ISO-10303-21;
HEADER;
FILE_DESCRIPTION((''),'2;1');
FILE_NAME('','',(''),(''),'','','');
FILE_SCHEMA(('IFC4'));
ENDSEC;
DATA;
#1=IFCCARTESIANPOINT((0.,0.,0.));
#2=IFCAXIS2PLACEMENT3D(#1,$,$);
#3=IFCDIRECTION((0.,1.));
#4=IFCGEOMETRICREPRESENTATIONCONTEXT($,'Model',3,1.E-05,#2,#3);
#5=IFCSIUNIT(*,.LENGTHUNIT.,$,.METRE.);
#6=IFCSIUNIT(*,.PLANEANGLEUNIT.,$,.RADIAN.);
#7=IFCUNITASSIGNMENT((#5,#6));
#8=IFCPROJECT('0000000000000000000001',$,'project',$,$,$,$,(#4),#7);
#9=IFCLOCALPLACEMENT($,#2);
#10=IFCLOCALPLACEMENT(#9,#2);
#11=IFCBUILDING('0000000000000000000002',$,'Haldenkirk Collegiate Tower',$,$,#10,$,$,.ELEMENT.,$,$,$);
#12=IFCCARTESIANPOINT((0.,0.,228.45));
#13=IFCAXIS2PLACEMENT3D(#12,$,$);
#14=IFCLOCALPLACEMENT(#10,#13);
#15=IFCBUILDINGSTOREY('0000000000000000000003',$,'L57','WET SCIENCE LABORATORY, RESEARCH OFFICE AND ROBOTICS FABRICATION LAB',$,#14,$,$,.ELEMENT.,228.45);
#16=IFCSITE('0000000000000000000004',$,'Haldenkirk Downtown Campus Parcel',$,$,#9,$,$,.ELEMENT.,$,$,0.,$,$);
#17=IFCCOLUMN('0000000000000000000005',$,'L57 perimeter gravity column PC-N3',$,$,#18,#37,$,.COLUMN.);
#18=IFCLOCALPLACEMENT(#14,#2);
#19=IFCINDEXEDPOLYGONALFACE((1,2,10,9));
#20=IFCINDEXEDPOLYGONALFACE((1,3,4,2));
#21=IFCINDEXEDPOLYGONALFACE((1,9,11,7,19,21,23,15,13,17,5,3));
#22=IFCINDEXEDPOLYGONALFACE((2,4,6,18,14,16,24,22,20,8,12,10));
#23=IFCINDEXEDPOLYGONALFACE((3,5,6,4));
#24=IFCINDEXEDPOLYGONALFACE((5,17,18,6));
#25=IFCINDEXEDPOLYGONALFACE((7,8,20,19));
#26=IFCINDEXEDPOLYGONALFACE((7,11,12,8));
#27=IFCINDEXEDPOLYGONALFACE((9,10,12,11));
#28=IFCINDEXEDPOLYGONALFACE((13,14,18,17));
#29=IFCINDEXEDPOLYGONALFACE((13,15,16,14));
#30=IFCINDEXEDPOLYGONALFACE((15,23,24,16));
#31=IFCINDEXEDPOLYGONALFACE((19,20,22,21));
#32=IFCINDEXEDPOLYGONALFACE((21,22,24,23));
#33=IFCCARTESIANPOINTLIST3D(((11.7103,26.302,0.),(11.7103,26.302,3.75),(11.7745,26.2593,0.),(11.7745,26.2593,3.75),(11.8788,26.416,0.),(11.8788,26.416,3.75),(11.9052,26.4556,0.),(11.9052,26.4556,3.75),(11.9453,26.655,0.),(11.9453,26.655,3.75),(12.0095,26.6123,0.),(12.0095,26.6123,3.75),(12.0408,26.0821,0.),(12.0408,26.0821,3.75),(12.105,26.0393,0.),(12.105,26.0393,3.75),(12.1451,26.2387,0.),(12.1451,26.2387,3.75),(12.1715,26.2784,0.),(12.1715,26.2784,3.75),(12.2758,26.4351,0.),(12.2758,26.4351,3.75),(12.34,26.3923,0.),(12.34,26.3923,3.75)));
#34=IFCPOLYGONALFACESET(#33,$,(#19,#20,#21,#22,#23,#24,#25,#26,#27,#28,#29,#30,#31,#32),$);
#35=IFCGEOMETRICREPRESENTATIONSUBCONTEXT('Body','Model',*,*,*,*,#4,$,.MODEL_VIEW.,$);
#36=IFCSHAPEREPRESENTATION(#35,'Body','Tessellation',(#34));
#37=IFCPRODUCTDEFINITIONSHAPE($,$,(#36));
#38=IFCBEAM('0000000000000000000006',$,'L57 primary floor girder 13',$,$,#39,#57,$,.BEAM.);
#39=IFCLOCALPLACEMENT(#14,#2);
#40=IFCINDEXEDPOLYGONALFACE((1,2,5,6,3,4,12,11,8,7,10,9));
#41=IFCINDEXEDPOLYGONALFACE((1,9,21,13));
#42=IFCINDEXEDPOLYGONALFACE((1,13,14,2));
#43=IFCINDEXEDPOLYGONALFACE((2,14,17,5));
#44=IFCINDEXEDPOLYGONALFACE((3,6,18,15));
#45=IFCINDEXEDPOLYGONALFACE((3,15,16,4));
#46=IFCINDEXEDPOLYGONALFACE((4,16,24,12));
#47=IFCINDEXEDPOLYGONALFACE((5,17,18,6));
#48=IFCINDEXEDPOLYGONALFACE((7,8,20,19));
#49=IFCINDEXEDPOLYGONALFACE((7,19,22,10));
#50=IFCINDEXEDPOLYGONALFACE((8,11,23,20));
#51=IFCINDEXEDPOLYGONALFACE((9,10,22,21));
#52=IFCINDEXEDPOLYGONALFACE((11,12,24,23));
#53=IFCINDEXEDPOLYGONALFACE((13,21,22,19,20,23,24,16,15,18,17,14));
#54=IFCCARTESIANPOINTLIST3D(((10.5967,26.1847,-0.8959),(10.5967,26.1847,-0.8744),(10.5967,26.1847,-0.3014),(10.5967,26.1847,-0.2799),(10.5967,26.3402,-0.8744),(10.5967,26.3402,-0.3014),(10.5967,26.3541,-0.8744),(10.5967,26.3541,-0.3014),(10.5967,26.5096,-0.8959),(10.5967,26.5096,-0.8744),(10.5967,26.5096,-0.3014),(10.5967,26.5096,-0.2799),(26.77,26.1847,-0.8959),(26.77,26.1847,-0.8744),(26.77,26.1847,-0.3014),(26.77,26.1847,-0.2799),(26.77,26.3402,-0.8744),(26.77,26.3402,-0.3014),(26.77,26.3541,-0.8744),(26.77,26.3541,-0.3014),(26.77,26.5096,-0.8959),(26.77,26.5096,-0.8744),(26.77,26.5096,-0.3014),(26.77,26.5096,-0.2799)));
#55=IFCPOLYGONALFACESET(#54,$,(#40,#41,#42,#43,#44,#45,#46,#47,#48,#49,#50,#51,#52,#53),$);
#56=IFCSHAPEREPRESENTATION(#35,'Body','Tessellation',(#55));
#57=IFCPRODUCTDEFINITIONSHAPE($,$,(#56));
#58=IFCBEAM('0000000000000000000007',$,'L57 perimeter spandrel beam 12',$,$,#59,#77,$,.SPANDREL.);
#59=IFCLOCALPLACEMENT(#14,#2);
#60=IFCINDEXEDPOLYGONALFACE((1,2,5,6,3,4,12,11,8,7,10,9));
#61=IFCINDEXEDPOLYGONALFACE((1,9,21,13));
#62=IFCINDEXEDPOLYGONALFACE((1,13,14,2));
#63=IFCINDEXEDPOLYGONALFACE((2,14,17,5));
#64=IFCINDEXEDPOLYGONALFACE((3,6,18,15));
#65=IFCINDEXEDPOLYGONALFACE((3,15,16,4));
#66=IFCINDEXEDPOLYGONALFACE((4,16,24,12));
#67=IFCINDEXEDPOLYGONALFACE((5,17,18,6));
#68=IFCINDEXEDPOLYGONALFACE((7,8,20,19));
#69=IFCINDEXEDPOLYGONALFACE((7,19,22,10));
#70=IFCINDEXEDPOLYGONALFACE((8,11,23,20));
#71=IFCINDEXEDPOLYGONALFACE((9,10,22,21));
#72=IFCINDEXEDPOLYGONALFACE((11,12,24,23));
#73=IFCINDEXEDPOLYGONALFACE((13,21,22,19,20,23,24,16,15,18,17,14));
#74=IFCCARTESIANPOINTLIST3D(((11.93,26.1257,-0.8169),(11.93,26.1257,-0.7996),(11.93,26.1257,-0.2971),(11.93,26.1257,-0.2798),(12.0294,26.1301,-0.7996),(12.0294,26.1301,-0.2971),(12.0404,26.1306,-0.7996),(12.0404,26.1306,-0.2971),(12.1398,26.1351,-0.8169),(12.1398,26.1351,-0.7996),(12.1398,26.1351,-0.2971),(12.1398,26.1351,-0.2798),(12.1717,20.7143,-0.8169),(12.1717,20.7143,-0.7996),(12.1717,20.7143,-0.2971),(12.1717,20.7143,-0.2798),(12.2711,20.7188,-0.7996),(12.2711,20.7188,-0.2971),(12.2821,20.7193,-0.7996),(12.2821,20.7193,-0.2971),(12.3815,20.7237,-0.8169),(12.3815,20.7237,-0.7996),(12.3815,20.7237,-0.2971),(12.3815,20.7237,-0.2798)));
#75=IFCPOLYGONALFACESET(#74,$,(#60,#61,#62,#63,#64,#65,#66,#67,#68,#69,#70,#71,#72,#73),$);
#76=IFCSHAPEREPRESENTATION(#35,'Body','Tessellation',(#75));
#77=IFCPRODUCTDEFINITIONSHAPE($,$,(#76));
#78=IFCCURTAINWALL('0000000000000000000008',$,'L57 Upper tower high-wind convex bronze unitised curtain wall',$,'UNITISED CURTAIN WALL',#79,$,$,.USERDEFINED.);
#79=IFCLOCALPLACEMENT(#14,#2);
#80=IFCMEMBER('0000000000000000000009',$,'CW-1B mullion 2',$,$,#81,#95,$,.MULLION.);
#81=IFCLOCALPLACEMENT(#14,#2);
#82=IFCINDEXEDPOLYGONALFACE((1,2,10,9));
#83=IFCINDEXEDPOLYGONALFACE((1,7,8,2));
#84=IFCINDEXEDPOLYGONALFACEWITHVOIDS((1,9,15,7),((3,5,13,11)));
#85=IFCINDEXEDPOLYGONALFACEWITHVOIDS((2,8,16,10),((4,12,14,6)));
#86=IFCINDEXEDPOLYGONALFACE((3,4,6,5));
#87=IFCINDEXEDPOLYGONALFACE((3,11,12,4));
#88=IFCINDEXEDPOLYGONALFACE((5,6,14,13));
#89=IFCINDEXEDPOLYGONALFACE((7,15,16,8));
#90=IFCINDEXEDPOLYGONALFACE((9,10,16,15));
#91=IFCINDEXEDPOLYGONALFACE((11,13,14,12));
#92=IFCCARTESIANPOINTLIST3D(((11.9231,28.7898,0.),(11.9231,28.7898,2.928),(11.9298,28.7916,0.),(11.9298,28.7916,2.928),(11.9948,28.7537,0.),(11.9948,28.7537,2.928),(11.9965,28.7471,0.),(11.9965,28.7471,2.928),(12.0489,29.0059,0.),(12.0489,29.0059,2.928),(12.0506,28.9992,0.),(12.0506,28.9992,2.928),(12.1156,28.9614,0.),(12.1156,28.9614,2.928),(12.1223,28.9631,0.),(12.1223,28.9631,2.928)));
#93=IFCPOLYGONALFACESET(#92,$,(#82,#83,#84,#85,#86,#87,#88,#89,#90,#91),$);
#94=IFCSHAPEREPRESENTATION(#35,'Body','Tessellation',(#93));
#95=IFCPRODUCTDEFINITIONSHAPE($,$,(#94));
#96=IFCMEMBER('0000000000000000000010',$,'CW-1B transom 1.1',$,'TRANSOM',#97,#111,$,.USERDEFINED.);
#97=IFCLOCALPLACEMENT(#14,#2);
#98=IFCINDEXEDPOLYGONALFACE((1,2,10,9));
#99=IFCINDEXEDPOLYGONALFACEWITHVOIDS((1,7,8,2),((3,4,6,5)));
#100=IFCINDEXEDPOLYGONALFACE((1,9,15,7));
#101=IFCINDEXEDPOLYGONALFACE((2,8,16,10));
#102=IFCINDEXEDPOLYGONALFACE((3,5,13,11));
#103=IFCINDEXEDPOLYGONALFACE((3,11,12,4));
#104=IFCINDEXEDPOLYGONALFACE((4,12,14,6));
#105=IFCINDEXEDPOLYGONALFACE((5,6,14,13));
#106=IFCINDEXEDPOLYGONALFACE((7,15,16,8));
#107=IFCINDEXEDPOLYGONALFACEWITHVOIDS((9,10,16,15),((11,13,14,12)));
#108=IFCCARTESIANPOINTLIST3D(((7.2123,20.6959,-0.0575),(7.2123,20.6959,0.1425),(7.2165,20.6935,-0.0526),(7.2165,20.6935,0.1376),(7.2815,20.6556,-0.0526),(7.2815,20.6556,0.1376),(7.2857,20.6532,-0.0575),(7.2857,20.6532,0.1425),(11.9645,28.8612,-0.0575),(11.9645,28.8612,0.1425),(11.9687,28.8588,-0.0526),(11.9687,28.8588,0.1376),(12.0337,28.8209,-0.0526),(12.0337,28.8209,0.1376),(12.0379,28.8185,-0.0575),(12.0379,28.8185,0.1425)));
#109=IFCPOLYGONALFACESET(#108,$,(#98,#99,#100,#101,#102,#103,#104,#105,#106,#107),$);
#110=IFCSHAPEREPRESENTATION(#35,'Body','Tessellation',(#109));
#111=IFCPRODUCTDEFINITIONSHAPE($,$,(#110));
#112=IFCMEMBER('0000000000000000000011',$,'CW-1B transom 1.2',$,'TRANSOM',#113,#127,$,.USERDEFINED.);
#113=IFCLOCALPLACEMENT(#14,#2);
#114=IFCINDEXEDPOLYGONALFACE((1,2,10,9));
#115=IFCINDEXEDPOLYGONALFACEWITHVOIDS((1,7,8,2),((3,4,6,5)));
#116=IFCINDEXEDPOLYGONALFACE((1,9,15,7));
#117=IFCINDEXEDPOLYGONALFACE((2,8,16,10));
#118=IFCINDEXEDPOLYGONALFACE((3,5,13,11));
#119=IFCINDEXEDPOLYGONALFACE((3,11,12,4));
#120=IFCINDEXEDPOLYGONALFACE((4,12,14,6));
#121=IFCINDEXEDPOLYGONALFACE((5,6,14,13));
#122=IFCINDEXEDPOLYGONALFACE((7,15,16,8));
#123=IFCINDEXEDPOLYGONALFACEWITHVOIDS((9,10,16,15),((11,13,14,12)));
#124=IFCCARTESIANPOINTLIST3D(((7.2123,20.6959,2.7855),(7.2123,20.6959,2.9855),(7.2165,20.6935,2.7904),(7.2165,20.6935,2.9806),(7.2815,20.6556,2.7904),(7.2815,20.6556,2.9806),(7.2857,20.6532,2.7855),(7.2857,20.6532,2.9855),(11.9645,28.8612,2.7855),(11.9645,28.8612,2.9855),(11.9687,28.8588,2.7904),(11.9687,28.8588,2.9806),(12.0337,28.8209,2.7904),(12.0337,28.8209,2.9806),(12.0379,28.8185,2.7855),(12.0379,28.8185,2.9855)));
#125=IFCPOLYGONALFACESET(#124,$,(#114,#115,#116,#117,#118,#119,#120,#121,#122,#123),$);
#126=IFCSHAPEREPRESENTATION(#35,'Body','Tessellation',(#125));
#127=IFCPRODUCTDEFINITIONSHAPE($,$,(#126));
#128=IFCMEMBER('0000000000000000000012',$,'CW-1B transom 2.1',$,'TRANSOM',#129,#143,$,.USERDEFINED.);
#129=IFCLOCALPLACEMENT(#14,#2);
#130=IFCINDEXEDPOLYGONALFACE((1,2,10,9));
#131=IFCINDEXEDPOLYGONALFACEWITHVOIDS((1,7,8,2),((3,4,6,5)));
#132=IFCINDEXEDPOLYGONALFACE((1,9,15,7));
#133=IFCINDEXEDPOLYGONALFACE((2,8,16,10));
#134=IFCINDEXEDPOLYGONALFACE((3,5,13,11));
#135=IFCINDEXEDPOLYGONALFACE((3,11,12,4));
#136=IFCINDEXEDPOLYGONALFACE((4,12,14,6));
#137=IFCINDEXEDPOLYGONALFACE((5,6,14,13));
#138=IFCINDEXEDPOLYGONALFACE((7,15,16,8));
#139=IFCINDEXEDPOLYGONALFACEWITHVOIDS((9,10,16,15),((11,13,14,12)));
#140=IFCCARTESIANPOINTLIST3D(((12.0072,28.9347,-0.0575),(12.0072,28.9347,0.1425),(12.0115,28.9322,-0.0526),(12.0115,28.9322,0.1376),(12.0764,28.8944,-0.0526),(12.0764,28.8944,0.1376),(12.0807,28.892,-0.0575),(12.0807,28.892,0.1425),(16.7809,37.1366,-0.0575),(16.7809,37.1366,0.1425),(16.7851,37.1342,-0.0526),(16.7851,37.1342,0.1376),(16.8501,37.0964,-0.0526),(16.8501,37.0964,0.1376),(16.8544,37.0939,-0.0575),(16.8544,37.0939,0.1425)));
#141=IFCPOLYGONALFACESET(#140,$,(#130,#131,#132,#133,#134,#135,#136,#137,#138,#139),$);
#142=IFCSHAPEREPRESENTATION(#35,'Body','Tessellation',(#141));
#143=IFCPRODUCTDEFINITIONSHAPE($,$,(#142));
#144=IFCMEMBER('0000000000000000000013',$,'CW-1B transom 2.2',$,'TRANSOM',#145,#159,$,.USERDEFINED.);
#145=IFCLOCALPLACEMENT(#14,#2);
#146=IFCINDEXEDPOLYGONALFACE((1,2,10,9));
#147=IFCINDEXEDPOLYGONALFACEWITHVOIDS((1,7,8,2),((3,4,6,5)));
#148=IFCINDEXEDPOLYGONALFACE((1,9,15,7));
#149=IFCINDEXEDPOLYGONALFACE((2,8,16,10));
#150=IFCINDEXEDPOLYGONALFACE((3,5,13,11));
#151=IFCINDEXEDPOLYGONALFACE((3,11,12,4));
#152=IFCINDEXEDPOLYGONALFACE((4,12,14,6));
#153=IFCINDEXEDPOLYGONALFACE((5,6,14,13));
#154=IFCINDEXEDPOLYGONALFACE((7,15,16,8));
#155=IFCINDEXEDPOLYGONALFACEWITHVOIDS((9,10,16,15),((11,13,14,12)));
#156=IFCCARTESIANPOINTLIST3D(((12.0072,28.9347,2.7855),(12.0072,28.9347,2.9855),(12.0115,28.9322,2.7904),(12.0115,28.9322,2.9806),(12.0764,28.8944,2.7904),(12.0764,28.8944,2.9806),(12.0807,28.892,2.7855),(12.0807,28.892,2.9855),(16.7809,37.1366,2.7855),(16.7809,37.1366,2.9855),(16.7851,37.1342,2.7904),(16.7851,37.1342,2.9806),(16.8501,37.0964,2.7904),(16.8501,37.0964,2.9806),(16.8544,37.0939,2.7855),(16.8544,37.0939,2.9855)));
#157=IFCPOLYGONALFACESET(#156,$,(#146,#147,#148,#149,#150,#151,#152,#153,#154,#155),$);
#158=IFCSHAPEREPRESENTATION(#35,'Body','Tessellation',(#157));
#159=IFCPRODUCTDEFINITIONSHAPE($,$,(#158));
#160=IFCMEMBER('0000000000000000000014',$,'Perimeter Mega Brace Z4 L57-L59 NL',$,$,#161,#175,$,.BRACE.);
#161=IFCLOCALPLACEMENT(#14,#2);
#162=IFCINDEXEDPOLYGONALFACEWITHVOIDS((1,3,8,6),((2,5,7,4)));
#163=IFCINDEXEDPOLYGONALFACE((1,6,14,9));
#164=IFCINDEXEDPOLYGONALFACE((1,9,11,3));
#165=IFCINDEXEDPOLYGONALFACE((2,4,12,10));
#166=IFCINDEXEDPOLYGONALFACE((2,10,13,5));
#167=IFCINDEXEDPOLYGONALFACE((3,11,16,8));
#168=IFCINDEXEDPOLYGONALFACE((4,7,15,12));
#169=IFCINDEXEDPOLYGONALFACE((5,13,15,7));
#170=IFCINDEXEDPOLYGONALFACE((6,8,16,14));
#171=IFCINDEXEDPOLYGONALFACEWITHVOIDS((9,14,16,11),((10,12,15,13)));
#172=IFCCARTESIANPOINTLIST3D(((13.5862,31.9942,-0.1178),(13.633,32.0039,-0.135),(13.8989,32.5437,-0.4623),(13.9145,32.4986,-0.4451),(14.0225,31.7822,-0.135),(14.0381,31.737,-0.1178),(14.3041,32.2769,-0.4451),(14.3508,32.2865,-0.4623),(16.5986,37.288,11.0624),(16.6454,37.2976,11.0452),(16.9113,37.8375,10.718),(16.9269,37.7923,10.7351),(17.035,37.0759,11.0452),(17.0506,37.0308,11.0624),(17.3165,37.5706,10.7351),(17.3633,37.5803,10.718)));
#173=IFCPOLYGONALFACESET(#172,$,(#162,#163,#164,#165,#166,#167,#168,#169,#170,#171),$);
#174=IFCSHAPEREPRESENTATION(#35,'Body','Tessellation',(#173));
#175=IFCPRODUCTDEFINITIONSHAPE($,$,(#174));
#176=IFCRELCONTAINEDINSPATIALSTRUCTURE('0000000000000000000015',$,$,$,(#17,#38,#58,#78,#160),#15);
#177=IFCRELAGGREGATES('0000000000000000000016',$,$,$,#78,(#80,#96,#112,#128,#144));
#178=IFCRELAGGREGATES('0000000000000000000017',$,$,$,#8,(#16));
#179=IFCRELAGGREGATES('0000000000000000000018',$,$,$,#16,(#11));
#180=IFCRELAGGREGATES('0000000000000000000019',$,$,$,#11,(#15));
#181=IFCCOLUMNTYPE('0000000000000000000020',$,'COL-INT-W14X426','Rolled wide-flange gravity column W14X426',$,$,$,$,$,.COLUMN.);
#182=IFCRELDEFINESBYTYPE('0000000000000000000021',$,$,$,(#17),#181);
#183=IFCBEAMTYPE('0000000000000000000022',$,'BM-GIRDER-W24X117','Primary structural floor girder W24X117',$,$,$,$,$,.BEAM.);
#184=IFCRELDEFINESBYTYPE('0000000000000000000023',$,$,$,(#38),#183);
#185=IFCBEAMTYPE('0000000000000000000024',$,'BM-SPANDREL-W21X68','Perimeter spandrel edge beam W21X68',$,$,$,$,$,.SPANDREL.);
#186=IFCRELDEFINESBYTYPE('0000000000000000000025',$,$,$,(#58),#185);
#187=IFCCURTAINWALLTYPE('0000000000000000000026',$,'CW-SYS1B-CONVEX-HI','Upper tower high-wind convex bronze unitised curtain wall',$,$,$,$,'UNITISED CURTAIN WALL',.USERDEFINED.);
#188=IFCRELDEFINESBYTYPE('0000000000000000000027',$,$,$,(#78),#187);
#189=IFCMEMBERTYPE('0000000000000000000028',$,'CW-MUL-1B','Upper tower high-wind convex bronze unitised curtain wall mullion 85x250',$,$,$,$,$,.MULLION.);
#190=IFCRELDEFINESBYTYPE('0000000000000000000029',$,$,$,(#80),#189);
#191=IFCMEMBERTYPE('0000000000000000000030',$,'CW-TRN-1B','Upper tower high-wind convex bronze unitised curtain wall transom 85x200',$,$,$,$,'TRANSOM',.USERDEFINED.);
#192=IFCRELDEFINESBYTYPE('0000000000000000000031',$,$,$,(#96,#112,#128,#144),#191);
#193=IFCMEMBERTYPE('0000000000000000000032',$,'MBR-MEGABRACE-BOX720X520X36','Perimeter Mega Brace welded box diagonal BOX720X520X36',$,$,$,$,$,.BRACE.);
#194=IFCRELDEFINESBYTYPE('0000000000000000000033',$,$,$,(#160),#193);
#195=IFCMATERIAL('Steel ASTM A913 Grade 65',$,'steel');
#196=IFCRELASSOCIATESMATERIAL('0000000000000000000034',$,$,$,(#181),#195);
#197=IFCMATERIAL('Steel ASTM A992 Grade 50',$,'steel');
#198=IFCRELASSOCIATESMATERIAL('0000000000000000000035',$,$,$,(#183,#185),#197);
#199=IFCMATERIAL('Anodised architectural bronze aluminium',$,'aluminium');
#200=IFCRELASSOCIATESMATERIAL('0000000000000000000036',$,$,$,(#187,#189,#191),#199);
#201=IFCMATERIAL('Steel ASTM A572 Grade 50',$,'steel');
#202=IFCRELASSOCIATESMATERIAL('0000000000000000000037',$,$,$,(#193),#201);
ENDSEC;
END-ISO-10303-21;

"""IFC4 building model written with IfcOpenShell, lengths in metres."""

from ifc_helpers import new_model, si_unit, direction, frame, origin, origin_2d, place, context, subcontext, project, spatial, hollow_rectangle, i_section, extrude, material, material_profile, profile_set, type_object, element, aggregate, save


model = new_model("IFC4")

# Units and contexts
model_context = context("Model", 3, precision=1e-05, world=origin(), true_north=direction((0.0, 1.0)))
body_context = subcontext(model_context, "Body", "Model", "MODEL_VIEW")
ifc_project = project(units=[si_unit("LENGTHUNIT", "METRE"), si_unit("PLANEANGLEUNIT", "RADIAN")], contexts=[model_context])

# Site, building, storey
site_placement = place(None, origin())
site = spatial("IfcSite", under=ifc_project, at=site_placement, Name="Haldenkirk Downtown Campus Parcel", CompositionType="ELEMENT", RefElevation=0.0)
building_placement = place(site_placement, origin())
building = spatial("IfcBuilding", under=site, at=building_placement, Name="Haldenkirk Collegiate Tower", CompositionType="ELEMENT")
storey_placement = place(building_placement, frame((0.0, 0.0, 228.45)))
storey = spatial("IfcBuildingStorey", under=building, at=storey_placement, Name="L57", Description="WET SCIENCE LABORATORY, RESEARCH OFFICE AND ROBOTICS FABRICATION LAB", CompositionType="ELEMENT", Elevation=228.45)

# Column
ifc_material_1 = material(Name="Steel ASTM A913 Grade 65", Category="steel")
ifc_material_profile_1 = material_profile(ifc_material_1, i_section(OverallWidth=0.4241, OverallDepth=0.4741, WebThickness=0.0476, FlangeThickness=0.0771, at=origin_2d()), Name="W14X426")
ifc_profile_set_1 = profile_set([ifc_material_profile_1], Name="Steel ASTM A913 Grade 65")
column_type = type_object("IfcColumnType", Name="COL-INT-W14X426", Description="Rolled wide-flange gravity column W14X426", PredefinedType="COLUMN", material=ifc_profile_set_1)
column_placement = place(storey_placement, frame((12.0251, 26.3472, 0.0), z_axis=(0.0, 0.0, 1.0), x_axis=(0.554118, 0.832438, 0.0)))
element("IfcColumn", 1, at=column_placement, inside=storey, type_object=column_type, Name="L57 perimeter gravity column PC-N3", PredefinedType="COLUMN", context=body_context, shape_type="SweptSolid", body=[
    extrude(i_section(OverallWidth=0.4241, OverallDepth=0.4741, WebThickness=0.0476, FlangeThickness=0.0771, at=origin_2d()), origin(), (0.0, 0.0, 1.0), 3.75),
])

# Beams
ifc_material_2 = material(Name="Steel ASTM A992 Grade 50", Category="steel")
ifc_material_profile_2 = material_profile(ifc_material_2, i_section(OverallWidth=0.325, OverallDepth=0.616, WebThickness=0.0139, FlangeThickness=0.0215, at=origin_2d()), Name="W24X117")
ifc_profile_set_2 = profile_set([ifc_material_profile_2], Name="Steel ASTM A992 Grade 50")
beam_type_1 = type_object("IfcBeamType", Name="BM-GIRDER-W24X117", Description="Primary structural floor girder W24X117", PredefinedType="BEAM", material=ifc_profile_set_2)
beam_1_placement = place(storey_placement, frame((10.5967, 26.3472, -0.5879), z_axis=(1.0, 0.0, 0.0), x_axis=(0.0, 1.0, 0.0)))
element("IfcBeam", 2, at=beam_1_placement, inside=storey, type_object=beam_type_1, Name="L57 primary floor girder 13", PredefinedType="BEAM", context=body_context, shape_type="SweptSolid", body=[
    extrude(i_section(OverallWidth=0.325, OverallDepth=0.616, WebThickness=0.0139, FlangeThickness=0.0215, at=origin_2d()), origin(), (0.0, 0.0, 1.0), 16.1733),
])
ifc_material_profile_3 = material_profile(ifc_material_2, i_section(OverallWidth=0.21, OverallDepth=0.5371, WebThickness=0.011, FlangeThickness=0.0173, at=origin_2d()), Name="W21X68")
ifc_profile_set_3 = profile_set([ifc_material_profile_3], Name="Steel ASTM A992 Grade 50")
beam_type_2 = type_object("IfcBeamType", Name="BM-SPANDREL-W21X68", Description="Perimeter spandrel edge beam W21X68", PredefinedType="SPANDREL", material=ifc_profile_set_3)
beam_2_placement = place(storey_placement, frame((12.0349, 26.1304, -0.5483), z_axis=(0.044621, -0.999004, 0.0), x_axis=(0.999004, 0.044621, 0.0)))
element("IfcBeam", 3, at=beam_2_placement, inside=storey, type_object=beam_type_2, Name="L57 perimeter spandrel beam 12", PredefinedType="SPANDREL", context=body_context, shape_type="SweptSolid", body=[
    extrude(i_section(OverallWidth=0.21, OverallDepth=0.5371, WebThickness=0.011, FlangeThickness=0.0173, at=origin_2d()), origin(), (0.0, 0.0, 1.0), 5.4167),
])

# Curtain wall, members
ifc_material_3 = material(Name="Anodised architectural bronze aluminium", Category="aluminium")
curtain_wall_type = type_object("IfcCurtainWallType", Name="CW-SYS1B-CONVEX-HI", Description="Upper tower high-wind convex bronze unitised curtain wall", ElementType="UNITISED CURTAIN WALL", PredefinedType="USERDEFINED", material=ifc_material_3)
curtain_wall_placement = place(storey_placement, origin())
curtain_wall = element("IfcCurtainWall", 4, at=curtain_wall_placement, inside=storey, type_object=curtain_wall_type, Name="L57 Upper tower high-wind convex bronze unitised curtain wall", ObjectType="UNITISED CURTAIN WALL", PredefinedType="USERDEFINED")
ifc_material_profile_4 = material_profile(ifc_material_3, hollow_rectangle(XDim=0.085, YDim=0.25, WallThickness=0.0049, at=origin_2d()), Name="CW-MUL-1B")
ifc_profile_set_4 = profile_set([ifc_material_profile_4], Name="Anodised architectural bronze aluminium")
member_type_1 = type_object("IfcMemberType", Name="CW-MUL-1B", Description="Upper tower high-wind convex bronze unitised curtain wall mullion 85x250", PredefinedType="MULLION", material=ifc_profile_set_4)
member_1_placement = place(storey_placement, frame((12.0227, 28.8765, 0.0), z_axis=(0.0, 0.0, 1.0), x_axis=(-0.864275, 0.50302, 0.0)))
member_1 = element("IfcMember", 5, at=member_1_placement, type_object=member_type_1, Name="CW-1B mullion 2", PredefinedType="MULLION", context=body_context, shape_type="SweptSolid", body=[
    extrude(hollow_rectangle(XDim=0.085, YDim=0.25, WallThickness=0.0049, at=origin_2d()), origin(), (0.0, 0.0, 1.0), 2.928),
])
ifc_material_profile_5 = material_profile(ifc_material_3, hollow_rectangle(XDim=0.085, YDim=0.2, WallThickness=0.0049, at=origin_2d()), Name="CW-TRN-1B")
ifc_profile_set_5 = profile_set([ifc_material_profile_5], Name="Anodised architectural bronze aluminium")
member_type_2 = type_object("IfcMemberType", Name="CW-TRN-1B", Description="Upper tower high-wind convex bronze unitised curtain wall transom 85x200", ElementType="TRANSOM", PredefinedType="USERDEFINED", material=ifc_profile_set_5)
member_2_placement = place(storey_placement, frame((7.249, 20.6746, 0.0425), z_axis=(0.503011, 0.86428, 0.0), x_axis=(-0.86428, 0.503011, 0.0)))
member_2 = element("IfcMember", 6, at=member_2_placement, type_object=member_type_2, Name="CW-1B transom 1.1", ObjectType="TRANSOM", PredefinedType="USERDEFINED", context=body_context, shape_type="SweptSolid", body=[
    extrude(hollow_rectangle(XDim=0.085, YDim=0.2, WallThickness=0.0049, at=origin_2d()), origin(), (0.0, 0.0, 1.0), 9.4475),
])
member_3_placement = place(storey_placement, frame((7.249, 20.6746, 2.8855), z_axis=(0.503011, 0.86428, 0.0), x_axis=(-0.86428, 0.503011, 0.0)))
member_3 = element("IfcMember", 7, at=member_3_placement, type_object=member_type_2, Name="CW-1B transom 1.2", ObjectType="TRANSOM", PredefinedType="USERDEFINED", context=body_context, shape_type="SweptSolid", body=[
    extrude(hollow_rectangle(XDim=0.085, YDim=0.2, WallThickness=0.0049, at=origin_2d()), origin(), (0.0, 0.0, 1.0), 9.4475),
])
member_4_placement = place(storey_placement, frame((12.0439, 28.9133, 0.0425), z_axis=(0.503025, 0.864272, 0.0), x_axis=(-0.864272, 0.503025, 0.0)))
member_4 = element("IfcMember", 8, at=member_4_placement, type_object=member_type_2, Name="CW-1B transom 2.1", ObjectType="TRANSOM", PredefinedType="USERDEFINED", context=body_context, shape_type="SweptSolid", body=[
    extrude(hollow_rectangle(XDim=0.085, YDim=0.2, WallThickness=0.0049, at=origin_2d()), origin(), (0.0, 0.0, 1.0), 9.49),
])
member_5_placement = place(storey_placement, frame((12.0439, 28.9133, 2.8855), z_axis=(0.503025, 0.864272, 0.0), x_axis=(-0.864272, 0.503025, 0.0)))
member_5 = element("IfcMember", 9, at=member_5_placement, type_object=member_type_2, Name="CW-1B transom 2.2", ObjectType="TRANSOM", PredefinedType="USERDEFINED", context=body_context, shape_type="SweptSolid", body=[
    extrude(hollow_rectangle(XDim=0.085, YDim=0.2, WallThickness=0.0049, at=origin_2d()), origin(), (0.0, 0.0, 1.0), 9.49),
])

# Member
ifc_material_4 = material(Name="Steel ASTM A572 Grade 50", Category="steel")
ifc_material_profile_6 = material_profile(ifc_material_4, hollow_rectangle(XDim=0.52, YDim=0.72, WallThickness=0.0359, at=origin_2d()), Name="BOX720X520X36")
ifc_profile_set_6 = profile_set([ifc_material_profile_6], Name="Steel ASTM A572 Grade 50")
member_type_3 = type_object("IfcMemberType", Name="MBR-MEGABRACE-BOX720X520X36", Description="Perimeter Mega Brace welded box diagonal BOX720X520X36", PredefinedType="BRACE", material=ifc_profile_set_6)
member_6_placement = place(storey_placement, frame((13.9685, 32.1404, -0.29), z_axis=(0.236612, 0.415791, 0.878142), x_axis=(-0.869127, 0.494588, 0.0)))
element("IfcMember", 10, at=member_6_placement, inside=storey, type_object=member_type_3, Name="Perimeter Mega Brace Z4 L57-L59 NL", PredefinedType="BRACE", context=body_context, shape_type="SweptSolid", body=[
    extrude(hollow_rectangle(XDim=0.52, YDim=0.72, WallThickness=0.0359, at=origin_2d()), origin(), (0.0, 0.0, 1.0), 12.7317),
])

aggregate(curtain_wall, [member_1, member_2, member_3, member_4, member_5])

save(model, "model.ifc")
